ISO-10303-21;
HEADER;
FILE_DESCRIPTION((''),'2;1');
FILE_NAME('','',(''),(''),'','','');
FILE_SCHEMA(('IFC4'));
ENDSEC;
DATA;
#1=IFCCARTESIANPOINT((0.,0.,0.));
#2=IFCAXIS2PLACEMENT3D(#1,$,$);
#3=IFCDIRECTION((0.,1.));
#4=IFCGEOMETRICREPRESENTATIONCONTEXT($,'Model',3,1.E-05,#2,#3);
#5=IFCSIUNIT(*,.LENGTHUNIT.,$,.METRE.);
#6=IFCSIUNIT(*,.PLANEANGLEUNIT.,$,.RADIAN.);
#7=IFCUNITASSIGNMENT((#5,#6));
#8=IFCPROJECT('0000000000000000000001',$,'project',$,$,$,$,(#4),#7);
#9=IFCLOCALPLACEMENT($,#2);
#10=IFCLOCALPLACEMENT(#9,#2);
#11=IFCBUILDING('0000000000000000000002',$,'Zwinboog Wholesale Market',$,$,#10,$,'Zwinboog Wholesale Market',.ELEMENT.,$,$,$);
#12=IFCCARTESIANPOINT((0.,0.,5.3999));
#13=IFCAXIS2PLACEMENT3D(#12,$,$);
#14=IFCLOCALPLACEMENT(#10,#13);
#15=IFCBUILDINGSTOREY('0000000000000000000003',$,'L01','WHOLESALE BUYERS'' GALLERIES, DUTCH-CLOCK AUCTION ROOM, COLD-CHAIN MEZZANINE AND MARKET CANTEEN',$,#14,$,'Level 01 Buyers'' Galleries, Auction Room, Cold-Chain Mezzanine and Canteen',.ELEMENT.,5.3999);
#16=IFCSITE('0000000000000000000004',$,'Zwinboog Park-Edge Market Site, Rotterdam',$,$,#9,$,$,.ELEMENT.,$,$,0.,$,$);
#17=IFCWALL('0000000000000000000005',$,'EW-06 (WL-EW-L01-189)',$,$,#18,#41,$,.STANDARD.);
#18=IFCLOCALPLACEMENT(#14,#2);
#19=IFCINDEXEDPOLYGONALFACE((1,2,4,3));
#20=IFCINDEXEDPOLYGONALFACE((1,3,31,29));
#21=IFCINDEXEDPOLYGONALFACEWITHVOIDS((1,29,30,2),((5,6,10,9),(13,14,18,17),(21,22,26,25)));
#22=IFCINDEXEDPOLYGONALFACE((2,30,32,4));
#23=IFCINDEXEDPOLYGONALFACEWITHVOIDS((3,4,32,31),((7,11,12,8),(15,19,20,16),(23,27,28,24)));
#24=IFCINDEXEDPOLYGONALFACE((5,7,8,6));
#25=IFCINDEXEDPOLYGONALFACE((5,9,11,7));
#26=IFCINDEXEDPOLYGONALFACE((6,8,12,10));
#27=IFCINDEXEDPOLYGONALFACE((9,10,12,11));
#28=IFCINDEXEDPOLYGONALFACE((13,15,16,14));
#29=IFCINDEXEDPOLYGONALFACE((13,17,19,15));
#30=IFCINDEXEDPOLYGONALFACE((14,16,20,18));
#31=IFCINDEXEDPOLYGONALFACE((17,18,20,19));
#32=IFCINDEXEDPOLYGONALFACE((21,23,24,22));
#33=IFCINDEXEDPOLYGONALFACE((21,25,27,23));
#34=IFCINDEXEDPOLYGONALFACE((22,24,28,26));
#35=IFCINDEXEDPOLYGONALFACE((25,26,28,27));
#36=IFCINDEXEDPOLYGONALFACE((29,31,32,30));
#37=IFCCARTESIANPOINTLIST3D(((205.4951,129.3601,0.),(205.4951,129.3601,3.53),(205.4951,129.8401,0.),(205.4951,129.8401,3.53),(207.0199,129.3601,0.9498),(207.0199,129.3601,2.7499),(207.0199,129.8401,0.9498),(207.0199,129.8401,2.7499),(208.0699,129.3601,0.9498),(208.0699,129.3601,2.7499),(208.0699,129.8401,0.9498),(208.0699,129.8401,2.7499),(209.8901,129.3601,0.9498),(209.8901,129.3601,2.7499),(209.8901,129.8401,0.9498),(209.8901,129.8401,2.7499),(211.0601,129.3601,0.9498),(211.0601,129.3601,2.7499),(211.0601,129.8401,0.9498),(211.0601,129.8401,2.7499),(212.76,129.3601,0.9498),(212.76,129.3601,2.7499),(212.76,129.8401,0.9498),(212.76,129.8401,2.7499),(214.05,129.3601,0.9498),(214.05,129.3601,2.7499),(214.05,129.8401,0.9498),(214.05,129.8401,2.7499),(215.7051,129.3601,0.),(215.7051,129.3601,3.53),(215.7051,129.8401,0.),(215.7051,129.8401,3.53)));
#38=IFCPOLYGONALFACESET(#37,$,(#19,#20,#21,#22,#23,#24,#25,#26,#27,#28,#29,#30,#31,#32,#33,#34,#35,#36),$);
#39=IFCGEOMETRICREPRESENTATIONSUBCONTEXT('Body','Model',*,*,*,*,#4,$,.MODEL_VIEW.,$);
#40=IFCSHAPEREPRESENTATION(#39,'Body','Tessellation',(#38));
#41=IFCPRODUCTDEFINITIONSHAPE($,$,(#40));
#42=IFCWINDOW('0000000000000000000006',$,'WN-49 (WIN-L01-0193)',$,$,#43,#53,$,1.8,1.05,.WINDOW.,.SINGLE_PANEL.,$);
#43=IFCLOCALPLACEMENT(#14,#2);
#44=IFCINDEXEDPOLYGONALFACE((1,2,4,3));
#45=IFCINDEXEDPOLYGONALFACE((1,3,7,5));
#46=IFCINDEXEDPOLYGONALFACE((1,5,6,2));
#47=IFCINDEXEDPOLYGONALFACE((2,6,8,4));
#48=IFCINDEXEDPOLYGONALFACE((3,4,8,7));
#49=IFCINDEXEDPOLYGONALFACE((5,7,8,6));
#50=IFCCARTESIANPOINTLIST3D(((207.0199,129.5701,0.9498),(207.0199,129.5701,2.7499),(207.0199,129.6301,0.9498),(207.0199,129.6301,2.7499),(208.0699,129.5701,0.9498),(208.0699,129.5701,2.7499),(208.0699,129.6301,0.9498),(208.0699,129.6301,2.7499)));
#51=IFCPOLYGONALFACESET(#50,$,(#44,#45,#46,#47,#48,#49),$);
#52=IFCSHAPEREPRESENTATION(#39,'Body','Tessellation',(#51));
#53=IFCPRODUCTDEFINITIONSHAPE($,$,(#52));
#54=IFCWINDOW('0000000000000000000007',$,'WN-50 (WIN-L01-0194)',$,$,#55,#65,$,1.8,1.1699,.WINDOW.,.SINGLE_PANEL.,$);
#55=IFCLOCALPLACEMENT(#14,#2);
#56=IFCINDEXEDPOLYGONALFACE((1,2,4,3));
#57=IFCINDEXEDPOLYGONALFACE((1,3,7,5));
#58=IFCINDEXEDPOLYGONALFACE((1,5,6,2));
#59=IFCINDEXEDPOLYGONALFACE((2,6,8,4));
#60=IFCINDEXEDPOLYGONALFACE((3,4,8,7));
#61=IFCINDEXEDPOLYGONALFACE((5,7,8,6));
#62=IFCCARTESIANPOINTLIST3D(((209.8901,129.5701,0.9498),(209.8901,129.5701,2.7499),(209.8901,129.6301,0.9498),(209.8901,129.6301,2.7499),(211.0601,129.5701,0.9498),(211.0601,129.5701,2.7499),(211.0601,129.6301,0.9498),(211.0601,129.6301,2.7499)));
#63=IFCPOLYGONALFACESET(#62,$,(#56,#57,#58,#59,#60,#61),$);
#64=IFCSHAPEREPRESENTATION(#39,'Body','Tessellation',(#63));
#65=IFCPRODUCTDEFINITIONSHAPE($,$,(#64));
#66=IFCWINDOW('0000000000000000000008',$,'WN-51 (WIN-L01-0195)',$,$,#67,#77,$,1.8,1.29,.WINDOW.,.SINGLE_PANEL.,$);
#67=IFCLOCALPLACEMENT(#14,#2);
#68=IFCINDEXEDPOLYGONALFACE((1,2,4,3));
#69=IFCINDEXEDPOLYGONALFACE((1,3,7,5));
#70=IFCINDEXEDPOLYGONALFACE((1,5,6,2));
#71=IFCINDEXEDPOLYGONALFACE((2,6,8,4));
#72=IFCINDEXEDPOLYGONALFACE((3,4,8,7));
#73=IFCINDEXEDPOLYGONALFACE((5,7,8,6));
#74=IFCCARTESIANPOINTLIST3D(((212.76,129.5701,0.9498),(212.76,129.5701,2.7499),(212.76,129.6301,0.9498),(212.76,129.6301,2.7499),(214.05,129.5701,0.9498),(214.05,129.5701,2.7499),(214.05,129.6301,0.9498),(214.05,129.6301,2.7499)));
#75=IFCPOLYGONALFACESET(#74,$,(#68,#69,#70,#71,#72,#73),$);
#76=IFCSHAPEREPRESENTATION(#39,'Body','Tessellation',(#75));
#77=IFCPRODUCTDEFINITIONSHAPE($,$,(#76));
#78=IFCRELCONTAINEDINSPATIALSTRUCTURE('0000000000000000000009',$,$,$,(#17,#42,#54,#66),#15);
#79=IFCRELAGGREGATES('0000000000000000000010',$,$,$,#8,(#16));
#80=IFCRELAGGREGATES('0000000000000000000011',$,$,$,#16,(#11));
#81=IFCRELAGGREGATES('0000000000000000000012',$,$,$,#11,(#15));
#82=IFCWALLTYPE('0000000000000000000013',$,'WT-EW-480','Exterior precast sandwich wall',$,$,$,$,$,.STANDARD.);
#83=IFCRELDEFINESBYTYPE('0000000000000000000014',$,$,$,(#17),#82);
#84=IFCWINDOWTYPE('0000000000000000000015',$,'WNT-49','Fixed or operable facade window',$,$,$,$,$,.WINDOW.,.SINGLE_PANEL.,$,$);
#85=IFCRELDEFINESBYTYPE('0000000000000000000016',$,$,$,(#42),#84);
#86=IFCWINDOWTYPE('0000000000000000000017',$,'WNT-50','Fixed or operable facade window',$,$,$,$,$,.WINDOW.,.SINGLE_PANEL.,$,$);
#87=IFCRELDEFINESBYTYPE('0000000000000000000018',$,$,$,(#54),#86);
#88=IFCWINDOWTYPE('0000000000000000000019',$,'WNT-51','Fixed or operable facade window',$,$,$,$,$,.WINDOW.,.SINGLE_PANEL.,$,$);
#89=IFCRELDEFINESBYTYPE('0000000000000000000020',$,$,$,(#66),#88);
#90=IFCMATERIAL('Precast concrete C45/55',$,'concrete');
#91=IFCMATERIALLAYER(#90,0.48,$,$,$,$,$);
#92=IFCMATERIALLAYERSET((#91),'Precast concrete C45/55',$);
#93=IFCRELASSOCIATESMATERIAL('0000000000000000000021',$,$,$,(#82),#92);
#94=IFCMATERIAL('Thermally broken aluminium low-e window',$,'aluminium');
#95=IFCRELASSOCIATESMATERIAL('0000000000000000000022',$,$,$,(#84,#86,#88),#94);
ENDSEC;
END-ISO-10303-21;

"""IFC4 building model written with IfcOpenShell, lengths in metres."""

from ifc_helpers import new_model, si_unit, direction, frame, frame_2d, origin, place, context, subcontext, project, spatial, rectangle, extrude, material, layer, layer_set, type_object, element, fill, save


model = new_model("IFC4")

# Units and contexts
model_context = context("Model", 3, precision=1e-05, world=origin(), true_north=direction((0.0, 1.0)))
body_context = subcontext(model_context, "Body", "Model", "MODEL_VIEW")
ifc_project = project(units=[si_unit("LENGTHUNIT", "METRE"), si_unit("PLANEANGLEUNIT", "RADIAN")], contexts=[model_context])

# Site, building, storey
site_placement = place(None, origin())
site = spatial("IfcSite", under=ifc_project, at=site_placement, Name="Zwinboog Park-Edge Market Site, Rotterdam", CompositionType="ELEMENT", RefElevation=0.0)
building_placement = place(site_placement, origin())
building = spatial("IfcBuilding", under=site, at=building_placement, Name="Zwinboog Wholesale Market", LongName="Zwinboog Wholesale Market", CompositionType="ELEMENT")
storey_placement = place(building_placement, frame((0.0, 0.0, 5.3999)))
storey = spatial("IfcBuildingStorey", under=building, at=storey_placement, Name="L01", Description="WHOLESALE BUYERS' GALLERIES, DUTCH-CLOCK AUCTION ROOM, COLD-CHAIN MEZZANINE AND MARKET CANTEEN", LongName="Level 01 Buyers' Galleries, Auction Room, Cold-Chain Mezzanine and Canteen", CompositionType="ELEMENT", Elevation=5.3999)

# Shared definitions
ifc_material_1 = material(Name="Precast concrete C45/55", Category="concrete")

# Wall, openings, windows
ifc_material_2 = material(Name="Thermally broken aluminium low-e window", Category="aluminium")
ifc_layer_1 = layer(ifc_material_1, 0.48)
ifc_layer_set_1 = layer_set([ifc_layer_1], Name="Precast concrete C45/55")
wall_type_1 = type_object("IfcWallType", Name="WT-EW-480", Description="Exterior precast sandwich wall", PredefinedType="STANDARD", material=ifc_layer_set_1)
wall_1_placement = place(storey_placement, frame((205.4951, 129.6001, 0.0), z_axis=(0.0, 0.0, 1.0), x_axis=(1.0, 0.0, 0.0)))
wall_1 = element("IfcWall", 1, at=wall_1_placement, inside=storey, type_object=wall_type_1, Name="EW-06 (WL-EW-L01-189)", PredefinedType="STANDARD", context=body_context, shape_type="SweptSolid", body=[
    extrude(rectangle(XDim=10.21, YDim=0.48, at=frame_2d((5.105, 0.0))), origin(), (0.0, 0.0, 1.0), 3.53),
])
opening_1_placement = place(wall_1_placement, frame((1.5249, 0.0, 0.95)))
opening_1 = element("IfcOpeningElement", 2, at=opening_1_placement, cuts=wall_1, PredefinedType="OPENING", context=body_context, shape_type="SweptSolid", body=[
    extrude(rectangle(XDim=1.05, YDim=1.8, at=frame_2d((0.5249, 0.8999))), frame((0.0, 0.25, 0.0), z_axis=(0.0, -1.0, 0.0), x_axis=(1.0, 0.0, 0.0)), (0.0, 0.0, 1.0), 0.5),
])
opening_2_placement = place(wall_1_placement, frame((4.395, 0.0, 0.95)))
opening_2 = element("IfcOpeningElement", 3, at=opening_2_placement, cuts=wall_1, PredefinedType="OPENING", context=body_context, shape_type="SweptSolid", body=[
    extrude(rectangle(XDim=1.1699, YDim=1.8, at=frame_2d((0.585, 0.8999))), frame((0.0, 0.25, 0.0), z_axis=(0.0, -1.0, 0.0), x_axis=(1.0, 0.0, 0.0)), (0.0, 0.0, 1.0), 0.5),
])
opening_3_placement = place(wall_1_placement, frame((7.2649, 0.0, 0.95)))
opening_3 = element("IfcOpeningElement", 4, at=opening_3_placement, cuts=wall_1, PredefinedType="OPENING", context=body_context, shape_type="SweptSolid", body=[
    extrude(rectangle(XDim=1.29, YDim=1.8, at=frame_2d((0.645, 0.8999))), frame((0.0, 0.25, 0.0), z_axis=(0.0, -1.0, 0.0), x_axis=(1.0, 0.0, 0.0)), (0.0, 0.0, 1.0), 0.5),
])
window_type_1 = type_object("IfcWindowType", Name="WNT-49", Description="Fixed or operable facade window", PartitioningType="SINGLE_PANEL", PredefinedType="WINDOW", material=ifc_material_2)
window_1_placement = place(opening_1_placement, origin())
window_1 = element("IfcWindow", 5, at=window_1_placement, inside=storey, type_object=window_type_1, Name="WN-49 (WIN-L01-0193)", OverallHeight=1.8, OverallWidth=1.05, PartitioningType="SINGLE_PANEL", PredefinedType="WINDOW", context=body_context, shape_type="SweptSolid", body=[
    extrude(rectangle(XDim=1.05, YDim=1.8, at=frame_2d((0.5249, 0.8999))), frame((0.0, 0.03, 0.0), z_axis=(0.0, -1.0, 0.0), x_axis=(1.0, 0.0, 0.0)), (0.0, 0.0, 1.0), 0.0601),
])
fill(opening_1, window_1)
window_type_2 = type_object("IfcWindowType", Name="WNT-50", Description="Fixed or operable facade window", PartitioningType="SINGLE_PANEL", PredefinedType="WINDOW", material=ifc_material_2)
window_2_placement = place(opening_2_placement, origin())
window_2 = element("IfcWindow", 6, at=window_2_placement, inside=storey, type_object=window_type_2, Name="WN-50 (WIN-L01-0194)", OverallHeight=1.8, OverallWidth=1.1699, PartitioningType="SINGLE_PANEL", PredefinedType="WINDOW", context=body_context, shape_type="SweptSolid", body=[
    extrude(rectangle(XDim=1.1699, YDim=1.8, at=frame_2d((0.585, 0.8999))), frame((0.0, 0.03, 0.0), z_axis=(0.0, -1.0, 0.0), x_axis=(1.0, 0.0, 0.0)), (0.0, 0.0, 1.0), 0.0601),
])
fill(opening_2, window_2)
window_type_3 = type_object("IfcWindowType", Name="WNT-51", Description="Fixed or operable facade window", PartitioningType="SINGLE_PANEL", PredefinedType="WINDOW", material=ifc_material_2)
window_3_placement = place(opening_3_placement, origin())
window_3 = element("IfcWindow", 7, at=window_3_placement, inside=storey, type_object=window_type_3, Name="WN-51 (WIN-L01-0195)", OverallHeight=1.8, OverallWidth=1.29, PartitioningType="SINGLE_PANEL", PredefinedType="WINDOW", context=body_context, shape_type="SweptSolid", body=[
    extrude(rectangle(XDim=1.29, YDim=1.8, at=frame_2d((0.645, 0.8999))), frame((0.0, 0.03, 0.0), z_axis=(0.0, -1.0, 0.0), x_axis=(1.0, 0.0, 0.0)), (0.0, 0.0, 1.0), 0.0601),
])
fill(opening_3, window_3)

save(model, "model.ifc")
